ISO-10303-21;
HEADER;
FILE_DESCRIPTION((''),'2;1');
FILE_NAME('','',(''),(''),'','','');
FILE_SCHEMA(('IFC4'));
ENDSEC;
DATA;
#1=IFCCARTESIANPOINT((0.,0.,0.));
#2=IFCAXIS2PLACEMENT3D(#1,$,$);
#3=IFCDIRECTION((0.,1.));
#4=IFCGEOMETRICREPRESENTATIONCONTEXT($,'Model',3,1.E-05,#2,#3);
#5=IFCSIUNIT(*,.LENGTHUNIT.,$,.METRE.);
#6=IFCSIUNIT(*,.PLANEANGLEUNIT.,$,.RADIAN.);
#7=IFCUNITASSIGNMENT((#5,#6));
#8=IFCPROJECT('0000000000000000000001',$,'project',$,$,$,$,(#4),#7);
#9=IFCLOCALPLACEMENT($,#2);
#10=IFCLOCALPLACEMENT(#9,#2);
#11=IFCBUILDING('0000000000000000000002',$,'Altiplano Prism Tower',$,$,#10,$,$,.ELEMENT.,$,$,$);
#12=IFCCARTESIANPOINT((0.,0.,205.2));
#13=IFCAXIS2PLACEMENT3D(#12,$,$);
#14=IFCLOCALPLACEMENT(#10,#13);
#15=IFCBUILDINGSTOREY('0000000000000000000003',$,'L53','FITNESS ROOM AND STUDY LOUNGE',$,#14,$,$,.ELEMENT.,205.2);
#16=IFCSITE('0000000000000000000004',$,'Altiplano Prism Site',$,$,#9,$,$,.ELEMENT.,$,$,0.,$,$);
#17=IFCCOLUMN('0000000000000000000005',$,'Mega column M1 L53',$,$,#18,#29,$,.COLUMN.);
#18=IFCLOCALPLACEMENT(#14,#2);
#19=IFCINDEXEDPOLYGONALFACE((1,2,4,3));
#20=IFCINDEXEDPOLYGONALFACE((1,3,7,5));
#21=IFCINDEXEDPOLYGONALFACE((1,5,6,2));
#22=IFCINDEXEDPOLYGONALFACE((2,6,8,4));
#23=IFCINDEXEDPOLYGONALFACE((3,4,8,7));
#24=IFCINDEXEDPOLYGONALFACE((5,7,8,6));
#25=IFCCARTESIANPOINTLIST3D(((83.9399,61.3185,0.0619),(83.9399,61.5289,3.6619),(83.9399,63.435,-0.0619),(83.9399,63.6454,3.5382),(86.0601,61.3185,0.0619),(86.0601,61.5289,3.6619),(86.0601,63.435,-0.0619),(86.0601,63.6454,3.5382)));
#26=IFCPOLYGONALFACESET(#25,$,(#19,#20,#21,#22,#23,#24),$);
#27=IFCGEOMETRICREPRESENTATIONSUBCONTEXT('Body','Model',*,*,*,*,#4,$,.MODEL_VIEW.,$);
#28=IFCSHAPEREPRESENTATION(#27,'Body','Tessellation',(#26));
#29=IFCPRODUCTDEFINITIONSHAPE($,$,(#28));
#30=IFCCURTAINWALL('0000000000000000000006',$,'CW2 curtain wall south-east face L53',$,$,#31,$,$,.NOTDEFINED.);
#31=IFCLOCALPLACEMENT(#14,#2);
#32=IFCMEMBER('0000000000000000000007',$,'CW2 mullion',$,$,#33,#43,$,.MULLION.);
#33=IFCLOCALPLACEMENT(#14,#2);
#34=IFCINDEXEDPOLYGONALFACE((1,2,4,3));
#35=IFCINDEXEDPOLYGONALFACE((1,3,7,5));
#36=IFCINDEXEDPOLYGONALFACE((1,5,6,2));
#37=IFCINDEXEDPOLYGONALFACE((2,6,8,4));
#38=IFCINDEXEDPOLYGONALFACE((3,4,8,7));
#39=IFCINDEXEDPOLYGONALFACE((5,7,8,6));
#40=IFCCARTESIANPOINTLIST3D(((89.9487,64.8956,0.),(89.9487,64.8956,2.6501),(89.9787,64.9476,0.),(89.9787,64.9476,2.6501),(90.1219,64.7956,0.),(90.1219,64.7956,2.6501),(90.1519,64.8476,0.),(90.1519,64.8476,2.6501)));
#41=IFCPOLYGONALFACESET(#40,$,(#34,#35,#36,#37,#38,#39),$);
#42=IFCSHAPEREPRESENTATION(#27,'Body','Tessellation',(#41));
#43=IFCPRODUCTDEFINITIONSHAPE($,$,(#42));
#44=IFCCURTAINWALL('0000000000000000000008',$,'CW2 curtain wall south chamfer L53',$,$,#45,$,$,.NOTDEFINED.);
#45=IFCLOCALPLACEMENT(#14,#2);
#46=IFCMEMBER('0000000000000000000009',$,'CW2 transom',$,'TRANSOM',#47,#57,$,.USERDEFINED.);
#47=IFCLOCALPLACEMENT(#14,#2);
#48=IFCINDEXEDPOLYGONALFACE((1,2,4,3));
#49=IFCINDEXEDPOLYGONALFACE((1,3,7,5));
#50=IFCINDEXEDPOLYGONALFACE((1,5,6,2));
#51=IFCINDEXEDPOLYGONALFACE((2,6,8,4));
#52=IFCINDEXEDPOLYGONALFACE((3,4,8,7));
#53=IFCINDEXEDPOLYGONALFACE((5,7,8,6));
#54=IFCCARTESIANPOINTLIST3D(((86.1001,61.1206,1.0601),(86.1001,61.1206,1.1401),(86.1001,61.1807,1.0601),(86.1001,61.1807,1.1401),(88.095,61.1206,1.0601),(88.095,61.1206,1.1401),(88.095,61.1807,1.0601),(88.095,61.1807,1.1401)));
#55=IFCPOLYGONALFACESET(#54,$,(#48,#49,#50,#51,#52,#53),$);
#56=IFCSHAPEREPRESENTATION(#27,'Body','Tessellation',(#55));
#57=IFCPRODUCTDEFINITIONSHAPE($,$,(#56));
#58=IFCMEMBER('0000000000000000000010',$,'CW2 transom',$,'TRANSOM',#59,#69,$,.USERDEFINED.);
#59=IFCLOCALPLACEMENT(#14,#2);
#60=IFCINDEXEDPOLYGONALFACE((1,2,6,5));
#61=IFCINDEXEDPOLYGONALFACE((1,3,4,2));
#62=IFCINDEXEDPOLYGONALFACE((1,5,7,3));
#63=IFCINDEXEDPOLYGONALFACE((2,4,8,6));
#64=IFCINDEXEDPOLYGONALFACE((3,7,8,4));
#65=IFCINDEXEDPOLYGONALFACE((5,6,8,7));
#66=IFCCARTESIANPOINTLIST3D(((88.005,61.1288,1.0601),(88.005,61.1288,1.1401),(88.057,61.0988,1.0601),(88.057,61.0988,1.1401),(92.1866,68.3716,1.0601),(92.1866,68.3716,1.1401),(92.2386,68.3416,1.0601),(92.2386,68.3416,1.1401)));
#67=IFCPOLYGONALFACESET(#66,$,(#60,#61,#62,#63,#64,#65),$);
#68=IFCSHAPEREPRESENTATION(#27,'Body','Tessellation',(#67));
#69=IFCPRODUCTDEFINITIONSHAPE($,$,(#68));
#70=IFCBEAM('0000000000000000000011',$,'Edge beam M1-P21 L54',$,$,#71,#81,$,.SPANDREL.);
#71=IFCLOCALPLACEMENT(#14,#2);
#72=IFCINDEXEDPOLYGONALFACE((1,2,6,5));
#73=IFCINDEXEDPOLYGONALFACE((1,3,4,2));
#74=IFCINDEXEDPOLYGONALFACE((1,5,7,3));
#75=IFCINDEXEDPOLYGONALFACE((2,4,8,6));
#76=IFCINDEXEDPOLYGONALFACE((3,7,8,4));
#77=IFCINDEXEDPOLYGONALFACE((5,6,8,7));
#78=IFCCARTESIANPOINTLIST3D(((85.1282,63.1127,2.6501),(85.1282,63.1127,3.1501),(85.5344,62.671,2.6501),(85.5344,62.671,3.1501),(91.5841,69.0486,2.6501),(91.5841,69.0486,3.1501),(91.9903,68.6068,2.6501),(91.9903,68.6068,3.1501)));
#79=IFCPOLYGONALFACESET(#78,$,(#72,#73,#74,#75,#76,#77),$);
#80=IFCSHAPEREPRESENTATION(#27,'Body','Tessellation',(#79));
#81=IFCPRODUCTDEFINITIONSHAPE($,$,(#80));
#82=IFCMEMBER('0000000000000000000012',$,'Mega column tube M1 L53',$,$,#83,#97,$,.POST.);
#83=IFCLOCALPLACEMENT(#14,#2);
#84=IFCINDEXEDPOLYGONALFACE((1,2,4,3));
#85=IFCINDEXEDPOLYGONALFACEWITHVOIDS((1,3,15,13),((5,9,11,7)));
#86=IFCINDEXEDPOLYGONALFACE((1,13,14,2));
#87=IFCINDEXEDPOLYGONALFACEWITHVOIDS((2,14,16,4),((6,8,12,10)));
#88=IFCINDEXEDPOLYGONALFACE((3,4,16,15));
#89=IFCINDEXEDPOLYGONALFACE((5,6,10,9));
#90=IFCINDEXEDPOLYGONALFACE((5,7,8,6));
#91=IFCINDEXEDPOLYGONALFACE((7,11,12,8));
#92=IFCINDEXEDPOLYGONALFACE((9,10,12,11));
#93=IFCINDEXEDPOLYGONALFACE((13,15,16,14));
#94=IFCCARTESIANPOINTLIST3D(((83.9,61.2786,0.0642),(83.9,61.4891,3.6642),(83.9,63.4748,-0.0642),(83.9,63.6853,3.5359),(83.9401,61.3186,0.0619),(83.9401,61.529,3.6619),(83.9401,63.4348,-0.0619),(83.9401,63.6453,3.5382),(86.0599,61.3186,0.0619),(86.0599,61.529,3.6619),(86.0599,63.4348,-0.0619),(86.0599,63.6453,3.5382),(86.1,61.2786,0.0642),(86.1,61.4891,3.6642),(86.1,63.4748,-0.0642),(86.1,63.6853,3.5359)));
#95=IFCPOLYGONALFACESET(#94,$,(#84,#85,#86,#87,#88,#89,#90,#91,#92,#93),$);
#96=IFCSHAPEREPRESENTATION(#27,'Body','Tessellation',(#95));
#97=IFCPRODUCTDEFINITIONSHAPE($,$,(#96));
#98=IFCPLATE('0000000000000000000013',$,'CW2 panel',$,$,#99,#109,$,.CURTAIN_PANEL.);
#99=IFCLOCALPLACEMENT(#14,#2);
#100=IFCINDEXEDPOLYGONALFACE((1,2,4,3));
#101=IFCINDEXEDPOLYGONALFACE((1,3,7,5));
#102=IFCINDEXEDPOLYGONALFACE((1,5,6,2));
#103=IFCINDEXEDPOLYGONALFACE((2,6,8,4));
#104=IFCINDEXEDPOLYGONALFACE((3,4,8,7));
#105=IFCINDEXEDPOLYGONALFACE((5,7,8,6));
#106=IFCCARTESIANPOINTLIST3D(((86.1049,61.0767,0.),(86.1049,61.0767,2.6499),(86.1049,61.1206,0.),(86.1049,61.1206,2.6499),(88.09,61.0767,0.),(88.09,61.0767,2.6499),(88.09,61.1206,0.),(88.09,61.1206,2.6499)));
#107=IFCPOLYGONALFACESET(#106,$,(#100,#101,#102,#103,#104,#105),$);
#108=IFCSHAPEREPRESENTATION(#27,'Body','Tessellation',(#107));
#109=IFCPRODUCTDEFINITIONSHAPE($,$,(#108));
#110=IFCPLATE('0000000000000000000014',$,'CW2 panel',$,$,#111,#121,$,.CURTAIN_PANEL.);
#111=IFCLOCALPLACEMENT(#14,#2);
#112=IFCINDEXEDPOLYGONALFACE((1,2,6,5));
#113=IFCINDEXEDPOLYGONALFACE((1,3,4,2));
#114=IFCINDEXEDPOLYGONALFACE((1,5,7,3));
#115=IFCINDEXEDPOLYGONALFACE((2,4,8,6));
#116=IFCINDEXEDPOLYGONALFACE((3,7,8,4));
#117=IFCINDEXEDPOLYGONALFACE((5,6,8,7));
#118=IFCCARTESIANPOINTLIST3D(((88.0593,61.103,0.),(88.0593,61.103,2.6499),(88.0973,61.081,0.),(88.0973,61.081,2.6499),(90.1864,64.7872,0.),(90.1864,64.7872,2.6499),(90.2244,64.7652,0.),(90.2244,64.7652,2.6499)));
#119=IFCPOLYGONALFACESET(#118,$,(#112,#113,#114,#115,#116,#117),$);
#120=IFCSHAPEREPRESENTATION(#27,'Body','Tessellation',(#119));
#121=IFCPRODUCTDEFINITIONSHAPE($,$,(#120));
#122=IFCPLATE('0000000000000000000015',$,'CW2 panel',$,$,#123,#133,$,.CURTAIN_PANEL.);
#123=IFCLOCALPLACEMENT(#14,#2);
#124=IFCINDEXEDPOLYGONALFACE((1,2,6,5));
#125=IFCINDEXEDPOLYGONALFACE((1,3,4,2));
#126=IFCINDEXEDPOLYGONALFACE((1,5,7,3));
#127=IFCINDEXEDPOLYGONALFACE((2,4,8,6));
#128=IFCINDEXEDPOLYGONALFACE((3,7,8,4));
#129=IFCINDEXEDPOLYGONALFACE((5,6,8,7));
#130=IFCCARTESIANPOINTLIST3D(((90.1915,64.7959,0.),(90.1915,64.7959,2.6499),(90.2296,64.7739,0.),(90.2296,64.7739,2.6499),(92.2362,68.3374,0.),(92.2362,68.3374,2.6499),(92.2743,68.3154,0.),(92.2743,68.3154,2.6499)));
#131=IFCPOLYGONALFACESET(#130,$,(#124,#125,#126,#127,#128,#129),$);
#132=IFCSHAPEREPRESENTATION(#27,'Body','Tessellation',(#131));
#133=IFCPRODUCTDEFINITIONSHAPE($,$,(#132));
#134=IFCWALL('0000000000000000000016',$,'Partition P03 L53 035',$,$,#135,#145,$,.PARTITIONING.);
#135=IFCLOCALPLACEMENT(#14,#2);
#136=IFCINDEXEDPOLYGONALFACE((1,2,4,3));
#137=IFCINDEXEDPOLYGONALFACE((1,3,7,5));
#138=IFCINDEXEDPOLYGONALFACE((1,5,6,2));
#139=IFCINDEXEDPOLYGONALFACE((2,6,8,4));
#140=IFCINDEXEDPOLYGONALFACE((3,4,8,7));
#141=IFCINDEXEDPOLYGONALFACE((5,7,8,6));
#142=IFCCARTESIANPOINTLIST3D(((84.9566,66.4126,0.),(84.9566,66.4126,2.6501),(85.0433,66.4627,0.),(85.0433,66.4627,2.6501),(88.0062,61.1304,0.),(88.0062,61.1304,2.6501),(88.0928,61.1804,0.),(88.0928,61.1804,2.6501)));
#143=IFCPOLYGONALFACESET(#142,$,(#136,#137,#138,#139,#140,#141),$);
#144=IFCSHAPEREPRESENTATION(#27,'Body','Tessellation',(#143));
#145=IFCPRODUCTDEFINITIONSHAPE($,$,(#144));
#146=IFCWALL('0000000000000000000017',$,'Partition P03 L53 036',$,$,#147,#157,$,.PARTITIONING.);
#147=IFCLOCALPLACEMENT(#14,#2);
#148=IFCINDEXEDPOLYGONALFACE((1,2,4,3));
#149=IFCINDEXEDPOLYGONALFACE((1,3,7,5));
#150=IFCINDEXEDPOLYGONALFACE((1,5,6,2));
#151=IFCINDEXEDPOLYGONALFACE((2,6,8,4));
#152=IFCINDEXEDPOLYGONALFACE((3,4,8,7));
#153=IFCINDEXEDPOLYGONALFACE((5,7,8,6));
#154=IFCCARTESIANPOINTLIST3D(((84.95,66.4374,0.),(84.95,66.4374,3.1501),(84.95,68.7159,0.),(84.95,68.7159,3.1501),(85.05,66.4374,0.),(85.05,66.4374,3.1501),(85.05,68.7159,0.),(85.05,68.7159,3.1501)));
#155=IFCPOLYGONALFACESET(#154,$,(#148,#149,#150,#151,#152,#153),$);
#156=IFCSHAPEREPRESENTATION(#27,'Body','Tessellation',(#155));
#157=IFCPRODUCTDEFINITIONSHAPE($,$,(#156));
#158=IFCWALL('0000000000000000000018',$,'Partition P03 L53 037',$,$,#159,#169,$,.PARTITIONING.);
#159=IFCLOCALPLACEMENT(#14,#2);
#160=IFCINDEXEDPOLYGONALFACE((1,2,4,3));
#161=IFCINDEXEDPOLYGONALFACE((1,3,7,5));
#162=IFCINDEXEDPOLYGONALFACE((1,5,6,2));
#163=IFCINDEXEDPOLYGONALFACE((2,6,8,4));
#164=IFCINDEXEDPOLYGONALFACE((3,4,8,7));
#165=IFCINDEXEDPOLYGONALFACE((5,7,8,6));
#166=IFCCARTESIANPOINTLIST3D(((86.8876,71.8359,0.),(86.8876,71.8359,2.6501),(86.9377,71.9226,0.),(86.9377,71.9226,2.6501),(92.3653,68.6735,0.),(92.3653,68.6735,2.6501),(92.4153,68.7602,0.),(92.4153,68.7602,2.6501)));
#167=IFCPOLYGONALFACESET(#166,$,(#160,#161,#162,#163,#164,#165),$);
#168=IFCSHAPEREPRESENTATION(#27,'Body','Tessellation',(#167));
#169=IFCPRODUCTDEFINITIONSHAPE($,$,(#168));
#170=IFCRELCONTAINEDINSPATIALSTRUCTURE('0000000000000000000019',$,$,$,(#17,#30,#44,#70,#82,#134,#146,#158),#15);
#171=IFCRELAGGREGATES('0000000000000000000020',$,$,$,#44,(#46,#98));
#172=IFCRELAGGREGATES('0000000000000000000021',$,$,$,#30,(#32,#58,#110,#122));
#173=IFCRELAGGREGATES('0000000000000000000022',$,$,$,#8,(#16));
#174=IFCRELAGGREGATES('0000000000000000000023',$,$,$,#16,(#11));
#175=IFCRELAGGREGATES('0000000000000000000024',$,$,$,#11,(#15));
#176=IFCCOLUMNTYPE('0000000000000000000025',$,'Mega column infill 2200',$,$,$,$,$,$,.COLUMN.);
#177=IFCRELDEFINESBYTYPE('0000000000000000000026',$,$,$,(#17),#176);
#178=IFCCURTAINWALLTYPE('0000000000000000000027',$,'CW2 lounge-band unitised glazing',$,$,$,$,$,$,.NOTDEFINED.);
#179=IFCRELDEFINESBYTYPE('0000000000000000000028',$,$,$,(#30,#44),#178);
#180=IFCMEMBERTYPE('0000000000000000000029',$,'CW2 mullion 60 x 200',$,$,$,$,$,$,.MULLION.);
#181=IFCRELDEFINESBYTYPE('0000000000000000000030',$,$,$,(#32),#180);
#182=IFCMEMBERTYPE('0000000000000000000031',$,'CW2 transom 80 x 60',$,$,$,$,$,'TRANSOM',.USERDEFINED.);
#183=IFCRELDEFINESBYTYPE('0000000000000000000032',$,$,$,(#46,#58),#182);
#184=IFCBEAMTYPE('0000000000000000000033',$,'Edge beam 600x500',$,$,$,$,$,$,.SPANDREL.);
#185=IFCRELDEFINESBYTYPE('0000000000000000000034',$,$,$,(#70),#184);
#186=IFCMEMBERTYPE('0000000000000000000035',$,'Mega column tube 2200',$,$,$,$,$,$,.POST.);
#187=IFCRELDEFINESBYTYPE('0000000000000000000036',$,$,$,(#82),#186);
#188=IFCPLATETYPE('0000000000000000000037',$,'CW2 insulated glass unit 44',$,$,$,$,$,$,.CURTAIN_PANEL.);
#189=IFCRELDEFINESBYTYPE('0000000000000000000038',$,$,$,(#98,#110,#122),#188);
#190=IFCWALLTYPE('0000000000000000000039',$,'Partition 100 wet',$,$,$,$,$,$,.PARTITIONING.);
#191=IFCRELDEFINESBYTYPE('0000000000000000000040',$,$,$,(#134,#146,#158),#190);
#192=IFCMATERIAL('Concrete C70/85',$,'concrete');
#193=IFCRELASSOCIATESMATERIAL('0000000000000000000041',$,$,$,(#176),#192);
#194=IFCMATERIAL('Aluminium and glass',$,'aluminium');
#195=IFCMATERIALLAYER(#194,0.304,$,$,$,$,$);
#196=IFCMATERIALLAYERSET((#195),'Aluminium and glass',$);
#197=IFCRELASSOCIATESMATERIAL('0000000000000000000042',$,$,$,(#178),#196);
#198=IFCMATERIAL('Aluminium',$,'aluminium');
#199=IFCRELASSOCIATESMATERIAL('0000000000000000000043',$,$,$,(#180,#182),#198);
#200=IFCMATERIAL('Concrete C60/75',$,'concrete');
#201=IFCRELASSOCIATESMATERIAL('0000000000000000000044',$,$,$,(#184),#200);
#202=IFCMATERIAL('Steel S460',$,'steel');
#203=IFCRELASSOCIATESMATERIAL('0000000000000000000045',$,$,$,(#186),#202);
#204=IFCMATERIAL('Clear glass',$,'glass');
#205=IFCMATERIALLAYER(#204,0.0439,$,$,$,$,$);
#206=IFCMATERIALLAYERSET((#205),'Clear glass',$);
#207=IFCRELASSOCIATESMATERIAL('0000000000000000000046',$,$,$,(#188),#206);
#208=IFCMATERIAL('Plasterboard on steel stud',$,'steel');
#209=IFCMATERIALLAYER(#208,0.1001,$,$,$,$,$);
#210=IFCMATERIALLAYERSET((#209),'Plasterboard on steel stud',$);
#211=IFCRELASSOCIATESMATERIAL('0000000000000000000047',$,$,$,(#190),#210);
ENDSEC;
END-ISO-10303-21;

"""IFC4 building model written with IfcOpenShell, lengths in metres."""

from ifc_helpers import new_model, si_unit, direction, frame, frame_2d, origin, origin_2d, place, context, subcontext, project, spatial, rectangle, hollow_rectangle, extrude, material, layer, layer_set, material_profile, profile_set, type_object, element, aggregate, save


model = new_model("IFC4")

# Units and contexts
model_context = context("Model", 3, precision=1e-05, world=origin(), true_north=direction((0.0, 1.0)))
body_context = subcontext(model_context, "Body", "Model", "MODEL_VIEW")
ifc_project = project(units=[si_unit("LENGTHUNIT", "METRE"), si_unit("PLANEANGLEUNIT", "RADIAN")], contexts=[model_context])

# Site, building, storey
site_placement = place(None, origin())
site = spatial("IfcSite", under=ifc_project, at=site_placement, Name="Altiplano Prism Site", CompositionType="ELEMENT", RefElevation=0.0)
building_placement = place(site_placement, origin())
building = spatial("IfcBuilding", under=site, at=building_placement, Name="Altiplano Prism Tower", CompositionType="ELEMENT")
storey_placement = place(building_placement, frame((0.0, 0.0, 205.2)))
storey = spatial("IfcBuildingStorey", under=building, at=storey_placement, Name="L53", Description="FITNESS ROOM AND STUDY LOUNGE", CompositionType="ELEMENT", Elevation=205.2)

# Column
ifc_material_1 = material(Name="Concrete C70/85", Category="concrete")
ifc_material_profile_1 = material_profile(ifc_material_1, rectangle(XDim=2.1201, YDim=2.1201, at=origin_2d()), Name="Mega column infill 2200")
ifc_profile_set_1 = profile_set([ifc_material_profile_1], Name="Concrete C70/85")
column_type = type_object("IfcColumnType", Name="Mega column infill 2200", PredefinedType="COLUMN", material=ifc_profile_set_1)
column_placement = place(storey_placement, frame((85.0, 62.3767, 0.0), z_axis=(0.0, 0.058357, 0.998296), x_axis=(-1.0, 0.0, 0.0)))
element("IfcColumn", 1, at=column_placement, inside=storey, type_object=column_type, Name="Mega column M1 L53", PredefinedType="COLUMN", context=body_context, shape_type="SweptSolid", body=[
    extrude(rectangle(XDim=2.1201, YDim=2.1201, at=origin_2d()), origin(), (0.0, 0.0, 1.0), 3.6062),
])

# Curtain walls, members
ifc_material_2 = material(Name="Aluminium and glass", Category="aluminium")
ifc_layer_1 = layer(ifc_material_2, 0.304)
ifc_layer_set_1 = layer_set([ifc_layer_1], Name="Aluminium and glass")
curtain_wall_type = type_object("IfcCurtainWallType", Name="CW2 lounge-band unitised glazing", PredefinedType="NOTDEFINED", material=ifc_layer_set_1)
curtain_wall_1_placement = place(storey_placement, origin())
curtain_wall_1 = element("IfcCurtainWall", 2, at=curtain_wall_1_placement, inside=storey, type_object=curtain_wall_type, Name="CW2 curtain wall south-east face L53", PredefinedType="NOTDEFINED")
ifc_material_3 = material(Name="Aluminium", Category="aluminium")
ifc_material_profile_2 = material_profile(ifc_material_3, rectangle(XDim=0.2, YDim=0.0601, at=origin_2d()), Name="CW2 mullion 60 x 200")
ifc_profile_set_2 = profile_set([ifc_material_profile_2], Name="Aluminium")
member_type_1 = type_object("IfcMemberType", Name="CW2 mullion 60 x 200", PredefinedType="MULLION", material=ifc_profile_set_2)
member_1_placement = place(storey_placement, frame((90.0503, 64.8716, 0.0), z_axis=(0.0, 0.0, 1.0), x_axis=(-0.866025, 0.5, 0.0)))
member_1 = element("IfcMember", 3, at=member_1_placement, type_object=member_type_1, Name="CW2 mullion", PredefinedType="MULLION", context=body_context, shape_type="SweptSolid", body=[
    extrude(rectangle(XDim=0.2, YDim=0.0601, at=origin_2d()), origin(), (0.0, 0.0, 1.0), 2.6501),
])
curtain_wall_2_placement = place(storey_placement, origin())
curtain_wall_2 = element("IfcCurtainWall", 4, at=curtain_wall_2_placement, inside=storey, type_object=curtain_wall_type, Name="CW2 curtain wall south chamfer L53", PredefinedType="NOTDEFINED")
ifc_material_profile_3 = material_profile(ifc_material_3, rectangle(XDim=0.0601, YDim=0.0801, at=origin_2d()), Name="CW2 transom 80 x 60")
ifc_profile_set_3 = profile_set([ifc_material_profile_3], Name="Aluminium")
member_type_2 = type_object("IfcMemberType", Name="CW2 transom 80 x 60", ElementType="TRANSOM", PredefinedType="USERDEFINED", material=ifc_profile_set_3)
member_2_placement = place(storey_placement, frame((86.1001, 61.1506, 1.1001), z_axis=(1.0, 0.0, 0.0), x_axis=(0.0, 1.0, 0.0)))
member_2 = element("IfcMember", 5, at=member_2_placement, type_object=member_type_2, Name="CW2 transom", ObjectType="TRANSOM", PredefinedType="USERDEFINED", context=body_context, shape_type="SweptSolid", body=[
    extrude(rectangle(XDim=0.0601, YDim=0.0801, at=origin_2d()), origin(), (0.0, 0.0, 1.0), 1.9949),
])

# Member
member_3_placement = place(storey_placement, frame((88.031, 61.1138, 1.1001), z_axis=(0.499995, 0.866029, 0.0), x_axis=(-0.866029, 0.499995, 0.0)))
member_3 = element("IfcMember", 6, at=member_3_placement, type_object=member_type_2, Name="CW2 transom", ObjectType="TRANSOM", PredefinedType="USERDEFINED", context=body_context, shape_type="SweptSolid", body=[
    extrude(rectangle(XDim=0.0601, YDim=0.0801, at=origin_2d()), origin(), (0.0, 0.0, 1.0), 8.3633),
])

# Beam
ifc_material_4 = material(Name="Concrete C60/75", Category="concrete")
ifc_material_profile_4 = material_profile(ifc_material_4, rectangle(XDim=0.6001, YDim=0.5, at=origin_2d()), Name="Edge beam 600x500")
ifc_profile_set_4 = profile_set([ifc_material_profile_4], Name="Concrete C60/75")
beam_type = type_object("IfcBeamType", Name="Edge beam 600x500", PredefinedType="SPANDREL", material=ifc_profile_set_4)
beam_placement = place(storey_placement, frame((85.3313, 62.8918, 2.9001), z_axis=(0.736133, 0.676837, 0.0), x_axis=(-0.676837, 0.736133, 0.0)))
element("IfcBeam", 7, at=beam_placement, inside=storey, type_object=beam_type, Name="Edge beam M1-P21 L54", PredefinedType="SPANDREL", context=body_context, shape_type="SweptSolid", body=[
    extrude(rectangle(XDim=0.6001, YDim=0.5, at=origin_2d()), origin(), (0.0, 0.0, 1.0), 8.77),
])

# Member
ifc_material_5 = material(Name="Steel S460", Category="steel")
ifc_material_profile_5 = material_profile(ifc_material_5, hollow_rectangle(XDim=2.2, YDim=2.2, WallThickness=0.04, at=origin_2d()), Name="Mega column tube 2200")
ifc_profile_set_5 = profile_set([ifc_material_profile_5], Name="Steel S460")
member_type_3 = type_object("IfcMemberType", Name="Mega column tube 2200", PredefinedType="POST", material=ifc_profile_set_5)
member_4_placement = place(storey_placement, frame((85.0, 62.3767, 0.0), z_axis=(0.0, 0.058357, 0.998296), x_axis=(-1.0, 0.0, 0.0)))
element("IfcMember", 8, at=member_4_placement, inside=storey, type_object=member_type_3, Name="Mega column tube M1 L53", PredefinedType="POST", context=body_context, shape_type="SweptSolid", body=[
    extrude(hollow_rectangle(XDim=2.2, YDim=2.2, WallThickness=0.04, at=origin_2d()), origin(), (0.0, 0.0, 1.0), 3.6062),
])

# Plates
ifc_material_6 = material(Name="Clear glass", Category="glass")
ifc_layer_2 = layer(ifc_material_6, 0.0439)
ifc_layer_set_2 = layer_set([ifc_layer_2], Name="Clear glass")
plate_type = type_object("IfcPlateType", Name="CW2 insulated glass unit 44", PredefinedType="CURTAIN_PANEL", material=ifc_layer_set_2)
plate_1_placement = place(storey_placement, frame((87.0974, 61.0986, 0.0), z_axis=(0.0, 0.0, 1.0), x_axis=(1.0, 0.0, 0.0)))
plate_1 = element("IfcPlate", 9, at=plate_1_placement, type_object=plate_type, Name="CW2 panel", PredefinedType="CURTAIN_PANEL", context=body_context, shape_type="SweptSolid", body=[
    extrude(rectangle(XDim=1.9851, YDim=0.0439, at=origin_2d()), origin(), (0.0, 0.0, 1.0), 2.6499),
])
aggregate(curtain_wall_2, [member_2, plate_1])
plate_2_placement = place(storey_placement, frame((89.1418, 62.9341, 0.0), z_axis=(0.0, 0.0, 1.0), x_axis=(0.5, 0.866025, 0.0)))
plate_2 = element("IfcPlate", 10, at=plate_2_placement, type_object=plate_type, Name="CW2 panel", PredefinedType="CURTAIN_PANEL", context=body_context, shape_type="SweptSolid", body=[
    extrude(rectangle(XDim=4.2542, YDim=0.0439, at=origin_2d()), origin(), (0.0, 0.0, 1.0), 2.6499),
])
plate_3_placement = place(storey_placement, frame((91.2329, 66.5557, 0.0), z_axis=(0.0, 0.0, 1.0), x_axis=(0.5, 0.866025, 0.0)))
plate_3 = element("IfcPlate", 11, at=plate_3_placement, type_object=plate_type, Name="CW2 panel", PredefinedType="CURTAIN_PANEL", context=body_context, shape_type="SweptSolid", body=[
    extrude(rectangle(XDim=4.0894, YDim=0.0439, at=origin_2d()), origin(), (0.0, 0.0, 1.0), 2.6499),
])
aggregate(curtain_wall_1, [member_1, member_3, plate_2, plate_3])

# Walls
ifc_material_7 = material(Name="Plasterboard on steel stud", Category="steel")
ifc_layer_3 = layer(ifc_material_7, 0.1001)
ifc_layer_set_3 = layer_set([ifc_layer_3], Name="Plasterboard on steel stud")
wall_type = type_object("IfcWallType", Name="Partition 100 wet", PredefinedType="PARTITIONING", material=ifc_layer_set_3)
wall_1_placement = place(storey_placement, frame((88.0496, 61.1553, 0.0), z_axis=(0.0, 0.0, 1.0), x_axis=(-0.499983, 0.866035, 0.0)))
element("IfcWall", 12, at=wall_1_placement, inside=storey, type_object=wall_type, Name="Partition P03 L53 035", PredefinedType="PARTITIONING", context=body_context, shape_type="SweptSolid", body=[
    extrude(rectangle(XDim=6.0994, YDim=0.1001, at=frame_2d((3.0498, 0.0))), origin(), (0.0, 0.0, 1.0), 2.6501),
])
wall_2_placement = place(storey_placement, frame((85.0, 66.4375, 0.0), z_axis=(0.0, 0.0, 1.0), x_axis=(0.0, 1.0, 0.0)))
element("IfcWall", 13, at=wall_2_placement, inside=storey, type_object=wall_type, Name="Partition P03 L53 036", PredefinedType="PARTITIONING", context=body_context, shape_type="SweptSolid", body=[
    extrude(rectangle(XDim=2.2786, YDim=0.1001, at=frame_2d((1.1392, 0.0))), origin(), (0.0, 0.0, 1.0), 3.1501),
])
wall_3_placement = place(storey_placement, frame((92.3904, 68.7168, 0.0), z_axis=(0.0, 0.0, 1.0), x_axis=(-0.866033, 0.499988, 0.0)))
element("IfcWall", 14, at=wall_3_placement, inside=storey, type_object=wall_type, Name="Partition P03 L53 037", PredefinedType="PARTITIONING", context=body_context, shape_type="SweptSolid", body=[
    extrude(rectangle(XDim=6.325, YDim=0.1001, at=frame_2d((3.1626, 0.0))), origin(), (0.0, 0.0, 1.0), 2.6501),
])

save(model, "model.ifc")
